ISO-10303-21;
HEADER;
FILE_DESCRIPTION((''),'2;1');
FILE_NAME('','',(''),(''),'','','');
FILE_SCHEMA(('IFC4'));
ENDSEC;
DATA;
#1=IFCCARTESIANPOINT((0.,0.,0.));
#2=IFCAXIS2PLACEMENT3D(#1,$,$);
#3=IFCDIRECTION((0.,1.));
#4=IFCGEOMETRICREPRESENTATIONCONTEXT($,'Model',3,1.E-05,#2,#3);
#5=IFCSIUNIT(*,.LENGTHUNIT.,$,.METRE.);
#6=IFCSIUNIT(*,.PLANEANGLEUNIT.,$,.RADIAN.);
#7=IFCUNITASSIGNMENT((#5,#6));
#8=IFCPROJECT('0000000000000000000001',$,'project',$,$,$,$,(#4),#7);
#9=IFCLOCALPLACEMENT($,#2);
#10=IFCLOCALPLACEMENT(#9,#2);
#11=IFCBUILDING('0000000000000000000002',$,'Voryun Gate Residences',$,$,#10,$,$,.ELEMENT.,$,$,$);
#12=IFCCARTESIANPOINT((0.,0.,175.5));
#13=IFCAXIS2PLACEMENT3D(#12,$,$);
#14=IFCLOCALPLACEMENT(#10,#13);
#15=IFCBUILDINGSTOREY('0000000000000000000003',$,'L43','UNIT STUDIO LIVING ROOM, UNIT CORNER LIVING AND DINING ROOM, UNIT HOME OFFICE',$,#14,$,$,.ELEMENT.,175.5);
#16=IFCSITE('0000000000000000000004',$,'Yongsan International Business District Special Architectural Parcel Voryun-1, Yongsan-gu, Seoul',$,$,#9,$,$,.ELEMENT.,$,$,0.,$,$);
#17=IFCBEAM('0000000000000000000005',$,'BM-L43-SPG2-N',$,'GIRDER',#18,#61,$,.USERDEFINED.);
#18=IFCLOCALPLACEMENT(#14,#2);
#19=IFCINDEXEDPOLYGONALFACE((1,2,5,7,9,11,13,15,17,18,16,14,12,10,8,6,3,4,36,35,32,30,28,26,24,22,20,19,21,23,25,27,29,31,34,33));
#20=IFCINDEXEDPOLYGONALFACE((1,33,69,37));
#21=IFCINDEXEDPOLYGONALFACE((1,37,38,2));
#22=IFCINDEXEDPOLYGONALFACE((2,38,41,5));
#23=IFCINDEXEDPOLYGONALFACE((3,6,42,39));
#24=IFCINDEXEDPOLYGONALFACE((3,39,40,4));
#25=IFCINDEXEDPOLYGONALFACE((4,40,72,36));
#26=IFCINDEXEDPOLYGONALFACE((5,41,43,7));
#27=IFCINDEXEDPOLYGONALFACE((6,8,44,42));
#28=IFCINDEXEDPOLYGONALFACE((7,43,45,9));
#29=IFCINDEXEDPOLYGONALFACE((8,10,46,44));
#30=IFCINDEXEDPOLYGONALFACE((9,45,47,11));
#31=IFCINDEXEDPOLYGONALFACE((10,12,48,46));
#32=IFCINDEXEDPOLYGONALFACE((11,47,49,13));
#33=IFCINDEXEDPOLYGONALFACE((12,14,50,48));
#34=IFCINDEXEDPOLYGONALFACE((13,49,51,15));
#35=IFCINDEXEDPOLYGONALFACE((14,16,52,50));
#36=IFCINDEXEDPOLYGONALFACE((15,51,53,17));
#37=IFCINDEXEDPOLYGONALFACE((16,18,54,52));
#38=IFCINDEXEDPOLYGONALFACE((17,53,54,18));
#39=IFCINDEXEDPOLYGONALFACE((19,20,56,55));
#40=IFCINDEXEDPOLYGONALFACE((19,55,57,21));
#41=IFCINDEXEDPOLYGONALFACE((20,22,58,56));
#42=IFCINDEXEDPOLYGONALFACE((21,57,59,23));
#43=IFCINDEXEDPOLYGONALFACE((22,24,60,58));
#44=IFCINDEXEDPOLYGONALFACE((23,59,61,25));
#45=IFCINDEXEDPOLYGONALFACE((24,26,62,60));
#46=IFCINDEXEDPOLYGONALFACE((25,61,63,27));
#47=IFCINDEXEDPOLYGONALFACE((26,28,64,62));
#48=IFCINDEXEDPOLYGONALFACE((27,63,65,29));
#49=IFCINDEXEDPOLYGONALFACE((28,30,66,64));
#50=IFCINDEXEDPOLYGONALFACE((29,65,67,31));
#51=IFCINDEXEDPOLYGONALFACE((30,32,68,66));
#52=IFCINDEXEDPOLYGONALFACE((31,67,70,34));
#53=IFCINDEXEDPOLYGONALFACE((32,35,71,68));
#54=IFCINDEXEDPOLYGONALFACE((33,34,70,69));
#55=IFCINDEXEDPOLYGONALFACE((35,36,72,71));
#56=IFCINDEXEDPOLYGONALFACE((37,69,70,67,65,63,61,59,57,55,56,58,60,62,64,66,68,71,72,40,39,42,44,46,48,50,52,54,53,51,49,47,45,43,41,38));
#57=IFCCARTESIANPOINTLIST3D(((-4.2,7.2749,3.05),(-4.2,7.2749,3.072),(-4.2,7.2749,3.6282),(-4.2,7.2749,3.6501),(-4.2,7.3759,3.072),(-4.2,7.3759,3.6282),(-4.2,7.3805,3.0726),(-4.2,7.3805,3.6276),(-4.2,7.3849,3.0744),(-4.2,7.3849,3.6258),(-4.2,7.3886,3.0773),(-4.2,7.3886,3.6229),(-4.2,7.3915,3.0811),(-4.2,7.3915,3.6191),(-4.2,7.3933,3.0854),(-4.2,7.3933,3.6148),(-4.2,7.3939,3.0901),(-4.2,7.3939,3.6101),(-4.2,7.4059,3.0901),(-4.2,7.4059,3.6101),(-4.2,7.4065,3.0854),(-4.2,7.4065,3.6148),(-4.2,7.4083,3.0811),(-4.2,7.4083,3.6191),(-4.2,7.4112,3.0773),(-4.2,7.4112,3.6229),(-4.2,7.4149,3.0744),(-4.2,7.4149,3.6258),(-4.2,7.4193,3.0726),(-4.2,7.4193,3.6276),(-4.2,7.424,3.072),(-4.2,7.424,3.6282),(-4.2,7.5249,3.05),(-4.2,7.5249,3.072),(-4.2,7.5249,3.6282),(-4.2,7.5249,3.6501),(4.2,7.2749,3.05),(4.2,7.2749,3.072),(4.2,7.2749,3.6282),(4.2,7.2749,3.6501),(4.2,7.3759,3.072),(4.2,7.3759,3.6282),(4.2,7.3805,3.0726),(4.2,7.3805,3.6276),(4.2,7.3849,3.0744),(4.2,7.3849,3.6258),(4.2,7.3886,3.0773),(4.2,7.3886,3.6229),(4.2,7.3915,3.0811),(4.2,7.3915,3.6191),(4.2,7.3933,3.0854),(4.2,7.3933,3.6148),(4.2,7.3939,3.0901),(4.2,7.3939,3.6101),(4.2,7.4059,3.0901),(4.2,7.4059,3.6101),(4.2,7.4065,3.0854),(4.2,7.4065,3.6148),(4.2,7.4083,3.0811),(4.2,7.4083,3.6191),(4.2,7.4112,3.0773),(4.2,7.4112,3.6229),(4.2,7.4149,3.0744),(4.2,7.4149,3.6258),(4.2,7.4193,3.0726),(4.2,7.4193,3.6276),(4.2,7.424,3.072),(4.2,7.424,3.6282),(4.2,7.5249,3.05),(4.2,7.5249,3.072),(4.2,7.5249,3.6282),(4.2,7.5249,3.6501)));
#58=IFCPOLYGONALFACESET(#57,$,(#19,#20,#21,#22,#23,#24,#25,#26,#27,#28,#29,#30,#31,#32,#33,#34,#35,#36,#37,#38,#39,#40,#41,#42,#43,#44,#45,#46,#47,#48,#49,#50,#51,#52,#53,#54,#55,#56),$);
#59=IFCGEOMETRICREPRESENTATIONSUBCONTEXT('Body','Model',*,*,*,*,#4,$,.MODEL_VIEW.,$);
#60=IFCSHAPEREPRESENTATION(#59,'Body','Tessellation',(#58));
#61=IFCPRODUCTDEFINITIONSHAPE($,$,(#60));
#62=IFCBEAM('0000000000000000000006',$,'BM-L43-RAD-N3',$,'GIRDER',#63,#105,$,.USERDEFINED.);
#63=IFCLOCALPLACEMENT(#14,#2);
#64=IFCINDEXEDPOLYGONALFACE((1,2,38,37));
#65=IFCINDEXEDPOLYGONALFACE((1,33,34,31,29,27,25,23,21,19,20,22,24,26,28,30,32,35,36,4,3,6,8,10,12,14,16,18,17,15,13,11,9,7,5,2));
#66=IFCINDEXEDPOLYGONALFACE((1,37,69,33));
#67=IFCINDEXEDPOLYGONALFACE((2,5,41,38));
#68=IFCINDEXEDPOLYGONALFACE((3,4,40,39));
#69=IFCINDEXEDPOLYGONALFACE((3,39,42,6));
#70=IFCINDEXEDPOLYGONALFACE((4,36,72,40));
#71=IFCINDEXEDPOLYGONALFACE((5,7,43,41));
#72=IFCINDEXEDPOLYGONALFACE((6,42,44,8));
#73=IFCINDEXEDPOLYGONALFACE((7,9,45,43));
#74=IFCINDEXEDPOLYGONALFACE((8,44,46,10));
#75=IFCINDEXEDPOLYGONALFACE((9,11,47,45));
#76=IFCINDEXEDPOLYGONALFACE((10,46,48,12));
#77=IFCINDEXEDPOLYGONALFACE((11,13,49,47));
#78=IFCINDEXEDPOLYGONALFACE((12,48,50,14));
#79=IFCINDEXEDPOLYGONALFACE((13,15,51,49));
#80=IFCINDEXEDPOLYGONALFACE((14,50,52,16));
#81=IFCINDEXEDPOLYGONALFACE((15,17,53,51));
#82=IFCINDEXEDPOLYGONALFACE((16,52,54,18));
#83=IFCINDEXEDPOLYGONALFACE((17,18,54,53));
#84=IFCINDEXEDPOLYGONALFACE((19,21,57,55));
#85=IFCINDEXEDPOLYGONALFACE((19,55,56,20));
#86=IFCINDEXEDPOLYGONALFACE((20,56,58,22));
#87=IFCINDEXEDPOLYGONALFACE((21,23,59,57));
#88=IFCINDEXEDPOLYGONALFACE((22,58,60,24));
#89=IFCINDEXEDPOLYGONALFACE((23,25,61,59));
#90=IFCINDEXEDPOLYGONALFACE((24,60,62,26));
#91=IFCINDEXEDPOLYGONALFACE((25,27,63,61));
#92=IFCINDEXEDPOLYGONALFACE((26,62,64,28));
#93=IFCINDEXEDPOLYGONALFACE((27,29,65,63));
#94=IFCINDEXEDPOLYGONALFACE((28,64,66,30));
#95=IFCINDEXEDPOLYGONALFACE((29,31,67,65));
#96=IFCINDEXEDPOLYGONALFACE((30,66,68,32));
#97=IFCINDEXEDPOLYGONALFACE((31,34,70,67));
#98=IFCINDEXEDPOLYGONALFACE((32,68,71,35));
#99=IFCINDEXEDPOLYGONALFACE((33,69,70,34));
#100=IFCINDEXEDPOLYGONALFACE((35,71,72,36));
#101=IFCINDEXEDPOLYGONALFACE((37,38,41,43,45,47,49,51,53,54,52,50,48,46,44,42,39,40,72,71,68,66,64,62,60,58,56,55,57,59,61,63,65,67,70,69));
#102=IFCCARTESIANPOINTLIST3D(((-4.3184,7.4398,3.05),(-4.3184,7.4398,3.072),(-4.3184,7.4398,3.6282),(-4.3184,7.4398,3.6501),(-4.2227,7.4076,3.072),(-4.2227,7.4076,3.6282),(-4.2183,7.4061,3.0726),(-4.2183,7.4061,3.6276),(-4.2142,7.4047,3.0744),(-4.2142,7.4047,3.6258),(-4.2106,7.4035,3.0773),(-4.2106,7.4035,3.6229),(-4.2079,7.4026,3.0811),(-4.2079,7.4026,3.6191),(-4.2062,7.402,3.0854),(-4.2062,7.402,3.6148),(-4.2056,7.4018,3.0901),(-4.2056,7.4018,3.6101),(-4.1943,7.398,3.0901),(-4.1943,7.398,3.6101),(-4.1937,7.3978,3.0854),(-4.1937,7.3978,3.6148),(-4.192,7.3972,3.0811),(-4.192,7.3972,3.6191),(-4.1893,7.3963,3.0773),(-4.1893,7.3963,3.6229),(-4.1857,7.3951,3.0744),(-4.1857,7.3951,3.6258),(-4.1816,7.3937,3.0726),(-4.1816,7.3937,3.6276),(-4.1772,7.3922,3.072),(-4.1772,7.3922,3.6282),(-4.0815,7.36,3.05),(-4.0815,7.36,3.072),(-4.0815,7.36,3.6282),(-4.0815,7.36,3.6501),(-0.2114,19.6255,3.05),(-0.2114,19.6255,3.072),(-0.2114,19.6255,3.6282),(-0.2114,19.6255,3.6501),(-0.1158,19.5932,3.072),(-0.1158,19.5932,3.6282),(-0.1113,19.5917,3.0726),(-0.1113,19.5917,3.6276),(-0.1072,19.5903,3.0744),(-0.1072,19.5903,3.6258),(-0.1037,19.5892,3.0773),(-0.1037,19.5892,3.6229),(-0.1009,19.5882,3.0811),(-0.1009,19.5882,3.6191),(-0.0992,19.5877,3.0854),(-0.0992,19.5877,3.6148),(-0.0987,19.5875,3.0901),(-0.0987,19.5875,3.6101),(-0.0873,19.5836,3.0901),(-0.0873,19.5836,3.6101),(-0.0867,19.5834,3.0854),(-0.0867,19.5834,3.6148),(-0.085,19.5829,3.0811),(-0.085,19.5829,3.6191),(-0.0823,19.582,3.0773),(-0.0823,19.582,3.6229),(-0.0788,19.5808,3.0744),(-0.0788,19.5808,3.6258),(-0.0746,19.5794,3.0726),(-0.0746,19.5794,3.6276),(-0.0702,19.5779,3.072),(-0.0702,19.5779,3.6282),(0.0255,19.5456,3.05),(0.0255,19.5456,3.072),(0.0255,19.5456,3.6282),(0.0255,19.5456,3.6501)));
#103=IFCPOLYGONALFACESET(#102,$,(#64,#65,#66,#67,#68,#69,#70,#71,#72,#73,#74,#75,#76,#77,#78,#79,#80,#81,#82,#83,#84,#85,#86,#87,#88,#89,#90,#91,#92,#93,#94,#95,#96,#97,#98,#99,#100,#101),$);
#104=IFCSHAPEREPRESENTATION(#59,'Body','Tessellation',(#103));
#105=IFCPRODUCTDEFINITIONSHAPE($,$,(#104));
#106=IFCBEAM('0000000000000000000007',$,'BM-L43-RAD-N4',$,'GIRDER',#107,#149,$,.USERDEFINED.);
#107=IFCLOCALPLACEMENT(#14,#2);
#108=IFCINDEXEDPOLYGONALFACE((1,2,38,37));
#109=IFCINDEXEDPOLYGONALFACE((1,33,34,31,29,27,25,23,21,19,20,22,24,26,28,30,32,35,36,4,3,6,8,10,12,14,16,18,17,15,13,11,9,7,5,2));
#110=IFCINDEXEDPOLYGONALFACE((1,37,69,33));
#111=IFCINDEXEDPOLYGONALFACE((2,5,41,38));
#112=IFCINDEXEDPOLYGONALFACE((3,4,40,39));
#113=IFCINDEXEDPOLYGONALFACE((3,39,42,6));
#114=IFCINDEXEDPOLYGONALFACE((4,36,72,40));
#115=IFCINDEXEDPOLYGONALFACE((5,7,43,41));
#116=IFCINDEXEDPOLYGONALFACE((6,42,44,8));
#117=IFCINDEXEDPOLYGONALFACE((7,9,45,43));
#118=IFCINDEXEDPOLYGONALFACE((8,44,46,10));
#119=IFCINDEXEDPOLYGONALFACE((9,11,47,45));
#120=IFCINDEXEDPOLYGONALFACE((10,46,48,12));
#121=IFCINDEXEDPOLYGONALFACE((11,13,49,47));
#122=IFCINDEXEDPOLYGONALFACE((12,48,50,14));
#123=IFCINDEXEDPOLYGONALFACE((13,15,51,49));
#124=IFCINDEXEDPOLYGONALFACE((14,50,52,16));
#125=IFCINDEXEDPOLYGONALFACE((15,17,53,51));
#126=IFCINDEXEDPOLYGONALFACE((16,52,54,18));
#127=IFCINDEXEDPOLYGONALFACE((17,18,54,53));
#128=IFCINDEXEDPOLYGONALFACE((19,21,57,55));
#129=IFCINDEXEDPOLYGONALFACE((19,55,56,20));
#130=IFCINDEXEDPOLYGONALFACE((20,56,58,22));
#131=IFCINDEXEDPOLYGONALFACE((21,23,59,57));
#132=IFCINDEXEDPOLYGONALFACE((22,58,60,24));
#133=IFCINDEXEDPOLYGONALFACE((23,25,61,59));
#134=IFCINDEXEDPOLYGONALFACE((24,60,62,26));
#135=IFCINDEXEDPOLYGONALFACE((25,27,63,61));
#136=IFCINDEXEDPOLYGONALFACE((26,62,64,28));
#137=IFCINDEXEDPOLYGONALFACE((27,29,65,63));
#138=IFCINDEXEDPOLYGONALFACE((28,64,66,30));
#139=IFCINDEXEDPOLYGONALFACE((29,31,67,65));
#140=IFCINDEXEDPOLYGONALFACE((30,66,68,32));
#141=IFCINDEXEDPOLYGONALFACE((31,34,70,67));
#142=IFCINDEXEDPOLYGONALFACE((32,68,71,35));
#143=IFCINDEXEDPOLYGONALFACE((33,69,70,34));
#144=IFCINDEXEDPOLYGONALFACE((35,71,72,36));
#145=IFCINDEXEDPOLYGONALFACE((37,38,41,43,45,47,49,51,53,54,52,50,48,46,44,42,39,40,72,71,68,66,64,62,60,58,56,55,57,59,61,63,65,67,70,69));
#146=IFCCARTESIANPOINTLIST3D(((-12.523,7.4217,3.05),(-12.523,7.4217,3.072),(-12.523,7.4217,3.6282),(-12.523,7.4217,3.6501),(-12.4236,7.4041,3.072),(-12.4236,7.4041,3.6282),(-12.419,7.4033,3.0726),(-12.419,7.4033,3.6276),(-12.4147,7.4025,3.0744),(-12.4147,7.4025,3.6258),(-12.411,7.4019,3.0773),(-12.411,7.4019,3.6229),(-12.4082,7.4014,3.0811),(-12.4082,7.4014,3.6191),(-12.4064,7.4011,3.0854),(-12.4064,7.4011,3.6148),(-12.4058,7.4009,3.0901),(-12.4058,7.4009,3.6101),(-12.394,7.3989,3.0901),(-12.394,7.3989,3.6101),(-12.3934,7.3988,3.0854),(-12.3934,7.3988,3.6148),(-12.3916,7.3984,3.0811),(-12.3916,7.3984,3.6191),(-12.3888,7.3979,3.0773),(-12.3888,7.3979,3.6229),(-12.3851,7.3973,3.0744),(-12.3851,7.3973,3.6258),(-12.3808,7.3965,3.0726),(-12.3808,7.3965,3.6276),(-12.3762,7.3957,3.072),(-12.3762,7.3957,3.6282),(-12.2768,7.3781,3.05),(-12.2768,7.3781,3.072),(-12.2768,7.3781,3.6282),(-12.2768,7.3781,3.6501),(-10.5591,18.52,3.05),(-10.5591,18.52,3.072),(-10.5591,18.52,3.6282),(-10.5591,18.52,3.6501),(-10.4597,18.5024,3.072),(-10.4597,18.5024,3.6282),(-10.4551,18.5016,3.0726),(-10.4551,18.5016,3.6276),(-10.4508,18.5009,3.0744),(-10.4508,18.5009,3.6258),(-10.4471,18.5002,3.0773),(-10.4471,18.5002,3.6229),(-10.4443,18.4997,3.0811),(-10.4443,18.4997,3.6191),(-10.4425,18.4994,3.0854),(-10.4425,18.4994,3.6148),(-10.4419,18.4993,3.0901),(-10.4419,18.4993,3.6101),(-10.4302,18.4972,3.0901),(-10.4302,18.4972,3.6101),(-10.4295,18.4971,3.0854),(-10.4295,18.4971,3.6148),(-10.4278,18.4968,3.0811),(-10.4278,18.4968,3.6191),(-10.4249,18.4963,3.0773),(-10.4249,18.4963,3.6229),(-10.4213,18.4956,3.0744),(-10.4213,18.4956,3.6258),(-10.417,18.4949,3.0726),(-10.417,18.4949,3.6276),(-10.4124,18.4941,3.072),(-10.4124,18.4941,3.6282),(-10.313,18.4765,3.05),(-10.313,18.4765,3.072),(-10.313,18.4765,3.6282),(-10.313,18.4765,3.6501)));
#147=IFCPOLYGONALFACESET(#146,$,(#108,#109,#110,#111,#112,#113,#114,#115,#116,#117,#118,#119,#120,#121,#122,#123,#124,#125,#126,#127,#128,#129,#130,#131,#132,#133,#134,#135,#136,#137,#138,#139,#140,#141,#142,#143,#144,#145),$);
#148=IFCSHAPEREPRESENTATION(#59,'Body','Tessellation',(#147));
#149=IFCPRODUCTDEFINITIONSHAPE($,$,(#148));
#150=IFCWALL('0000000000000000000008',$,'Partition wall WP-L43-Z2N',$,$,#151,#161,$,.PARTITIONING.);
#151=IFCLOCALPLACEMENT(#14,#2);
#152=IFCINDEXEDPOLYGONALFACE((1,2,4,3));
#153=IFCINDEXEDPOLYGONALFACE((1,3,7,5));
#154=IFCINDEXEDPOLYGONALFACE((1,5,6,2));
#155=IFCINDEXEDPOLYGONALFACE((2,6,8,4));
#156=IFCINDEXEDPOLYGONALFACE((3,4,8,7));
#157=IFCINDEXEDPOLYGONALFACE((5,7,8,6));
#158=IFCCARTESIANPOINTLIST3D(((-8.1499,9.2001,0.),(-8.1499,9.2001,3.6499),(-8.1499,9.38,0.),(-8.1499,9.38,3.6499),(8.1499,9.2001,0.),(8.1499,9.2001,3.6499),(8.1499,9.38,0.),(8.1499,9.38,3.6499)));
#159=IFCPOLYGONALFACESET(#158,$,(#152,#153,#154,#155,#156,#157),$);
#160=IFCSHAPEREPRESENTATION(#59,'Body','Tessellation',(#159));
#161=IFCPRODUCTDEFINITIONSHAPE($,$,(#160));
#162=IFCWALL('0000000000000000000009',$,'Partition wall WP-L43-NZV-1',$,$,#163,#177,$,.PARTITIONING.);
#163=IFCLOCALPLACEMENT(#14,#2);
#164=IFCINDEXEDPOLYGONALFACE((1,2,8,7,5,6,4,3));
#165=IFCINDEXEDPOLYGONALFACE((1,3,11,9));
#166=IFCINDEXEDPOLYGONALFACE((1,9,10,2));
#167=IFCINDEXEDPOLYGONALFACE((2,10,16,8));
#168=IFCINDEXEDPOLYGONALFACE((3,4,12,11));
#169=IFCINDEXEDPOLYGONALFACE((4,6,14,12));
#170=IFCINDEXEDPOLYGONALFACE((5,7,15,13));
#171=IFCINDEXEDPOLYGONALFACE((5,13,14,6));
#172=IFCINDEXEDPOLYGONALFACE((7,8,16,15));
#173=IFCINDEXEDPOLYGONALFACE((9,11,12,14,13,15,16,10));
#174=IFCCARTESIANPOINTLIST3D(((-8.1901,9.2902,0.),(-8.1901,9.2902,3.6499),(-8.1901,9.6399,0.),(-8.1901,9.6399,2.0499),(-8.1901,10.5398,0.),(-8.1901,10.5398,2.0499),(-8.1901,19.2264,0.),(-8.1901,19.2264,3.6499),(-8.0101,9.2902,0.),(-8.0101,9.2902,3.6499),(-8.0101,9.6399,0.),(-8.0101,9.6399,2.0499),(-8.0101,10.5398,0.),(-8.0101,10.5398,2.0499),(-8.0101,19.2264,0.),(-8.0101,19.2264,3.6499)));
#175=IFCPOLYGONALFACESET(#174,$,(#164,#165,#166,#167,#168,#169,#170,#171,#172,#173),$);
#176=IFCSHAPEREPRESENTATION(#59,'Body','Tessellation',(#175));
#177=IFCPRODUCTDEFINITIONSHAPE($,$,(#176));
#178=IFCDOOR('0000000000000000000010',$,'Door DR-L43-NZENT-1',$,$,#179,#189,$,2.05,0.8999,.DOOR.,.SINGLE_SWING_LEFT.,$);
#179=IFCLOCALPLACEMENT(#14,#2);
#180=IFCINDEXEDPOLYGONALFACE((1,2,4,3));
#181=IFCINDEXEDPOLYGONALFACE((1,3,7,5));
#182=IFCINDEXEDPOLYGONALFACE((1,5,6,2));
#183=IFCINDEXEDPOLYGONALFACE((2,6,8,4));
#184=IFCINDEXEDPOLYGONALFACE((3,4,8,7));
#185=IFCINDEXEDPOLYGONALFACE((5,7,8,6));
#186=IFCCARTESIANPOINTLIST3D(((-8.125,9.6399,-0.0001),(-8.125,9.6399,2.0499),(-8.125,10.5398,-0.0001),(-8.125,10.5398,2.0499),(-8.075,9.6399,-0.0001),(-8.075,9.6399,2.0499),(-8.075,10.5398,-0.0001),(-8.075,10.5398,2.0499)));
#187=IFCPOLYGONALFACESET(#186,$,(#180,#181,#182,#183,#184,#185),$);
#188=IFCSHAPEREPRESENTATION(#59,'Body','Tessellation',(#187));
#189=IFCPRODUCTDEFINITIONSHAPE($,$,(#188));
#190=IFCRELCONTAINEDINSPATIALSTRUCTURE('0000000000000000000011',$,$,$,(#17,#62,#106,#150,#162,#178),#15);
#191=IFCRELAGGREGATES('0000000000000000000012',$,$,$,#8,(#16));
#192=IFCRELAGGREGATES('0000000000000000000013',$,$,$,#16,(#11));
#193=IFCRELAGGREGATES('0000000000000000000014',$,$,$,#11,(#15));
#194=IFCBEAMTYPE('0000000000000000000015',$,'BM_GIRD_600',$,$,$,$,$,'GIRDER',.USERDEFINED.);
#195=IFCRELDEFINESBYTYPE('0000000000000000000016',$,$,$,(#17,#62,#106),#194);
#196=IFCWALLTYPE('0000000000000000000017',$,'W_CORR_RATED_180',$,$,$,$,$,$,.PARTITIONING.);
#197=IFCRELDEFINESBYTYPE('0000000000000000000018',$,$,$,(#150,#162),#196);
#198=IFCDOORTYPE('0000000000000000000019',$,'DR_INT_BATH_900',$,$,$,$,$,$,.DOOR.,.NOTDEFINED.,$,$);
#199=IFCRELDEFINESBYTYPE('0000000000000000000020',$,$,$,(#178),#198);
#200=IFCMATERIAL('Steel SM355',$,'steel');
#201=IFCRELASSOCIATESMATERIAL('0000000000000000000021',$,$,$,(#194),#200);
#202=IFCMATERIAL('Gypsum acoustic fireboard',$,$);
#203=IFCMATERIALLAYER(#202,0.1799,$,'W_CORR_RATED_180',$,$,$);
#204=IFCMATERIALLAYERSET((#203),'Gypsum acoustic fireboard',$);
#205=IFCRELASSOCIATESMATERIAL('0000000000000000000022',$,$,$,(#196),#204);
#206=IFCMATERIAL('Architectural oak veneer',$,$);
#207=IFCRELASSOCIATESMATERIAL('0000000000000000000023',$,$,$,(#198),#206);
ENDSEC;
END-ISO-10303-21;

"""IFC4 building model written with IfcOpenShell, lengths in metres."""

from ifc_helpers import new_model, si_unit, direction, frame, frame_2d, origin, origin_2d, place, context, subcontext, project, spatial, rectangle, i_section, extrude, material, layer, layer_set, material_profile, profile_set, type_object, element, fill, save


model = new_model("IFC4")

# Units and contexts
model_context = context("Model", 3, precision=1e-05, world=origin(), true_north=direction((0.0, 1.0)))
body_context = subcontext(model_context, "Body", "Model", "MODEL_VIEW")
ifc_project = project(units=[si_unit("LENGTHUNIT", "METRE"), si_unit("PLANEANGLEUNIT", "RADIAN")], contexts=[model_context])

# Site, building, storey
site_placement = place(None, origin())
site = spatial("IfcSite", under=ifc_project, at=site_placement, Name="Yongsan International Business District Special Architectural Parcel Voryun-1, Yongsan-gu, Seoul", CompositionType="ELEMENT", RefElevation=0.0)
building_placement = place(site_placement, origin())
building = spatial("IfcBuilding", under=site, at=building_placement, Name="Voryun Gate Residences", CompositionType="ELEMENT")
storey_placement = place(building_placement, frame((0.0, 0.0, 175.5)))
storey = spatial("IfcBuildingStorey", under=building, at=storey_placement, Name="L43", Description="UNIT STUDIO LIVING ROOM, UNIT CORNER LIVING AND DINING ROOM, UNIT HOME OFFICE", CompositionType="ELEMENT", Elevation=175.5)

# Beams
ifc_material_1 = material(Name="Steel SM355", Category="steel")
ifc_material_profile_1 = material_profile(ifc_material_1, i_section(OverallWidth=0.25, OverallDepth=0.6001, WebThickness=0.012, FlangeThickness=0.022, FilletRadius=0.0181, at=origin_2d()), Name="H-600x250x12x22")
ifc_profile_set_1 = profile_set([ifc_material_profile_1], Name="Steel SM355")
beam_type_1 = type_object("IfcBeamType", Name="BM_GIRD_600", ElementType="GIRDER", PredefinedType="USERDEFINED", material=ifc_profile_set_1)
beam_1_placement = place(storey_placement, frame((-4.2, 7.3999, 3.3501), z_axis=(1.0, 0.0, 0.0), x_axis=(0.0, 1.0, 0.0)))
element("IfcBeam", 1, at=beam_1_placement, inside=storey, type_object=beam_type_1, Name="BM-L43-SPG2-N", ObjectType="GIRDER", PredefinedType="USERDEFINED", context=body_context, shape_type="SweptSolid", body=[
    extrude(i_section(OverallWidth=0.25, OverallDepth=0.6001, WebThickness=0.012, FlangeThickness=0.022, FilletRadius=0.0181, at=origin_2d()), origin(), (0.0, 0.0, 1.0), 8.3999),
])
beam_2_placement = place(storey_placement, frame((-4.2, 7.3999, 3.3501), z_axis=(0.319381, 0.947626, 0.0), x_axis=(-0.947626, 0.319381, 0.0)))
element("IfcBeam", 2, at=beam_2_placement, inside=storey, type_object=beam_type_1, Name="BM-L43-RAD-N3", ObjectType="GIRDER", PredefinedType="USERDEFINED", context=body_context, shape_type="SweptSolid", body=[
    extrude(i_section(OverallWidth=0.25, OverallDepth=0.6001, WebThickness=0.012, FlangeThickness=0.022, FilletRadius=0.0181, at=origin_2d()), origin(), (0.0, 0.0, 1.0), 12.8591),
])
beam_3_placement = place(storey_placement, frame((-12.3999, 7.3999, 3.3501), z_axis=(0.174244, 0.984703, 0.0), x_axis=(-0.984703, 0.174244, 0.0)))
element("IfcBeam", 3, at=beam_3_placement, inside=storey, type_object=beam_type_1, Name="BM-L43-RAD-N4", ObjectType="GIRDER", PredefinedType="USERDEFINED", context=body_context, shape_type="SweptSolid", body=[
    extrude(i_section(OverallWidth=0.25, OverallDepth=0.6001, WebThickness=0.012, FlangeThickness=0.022, FilletRadius=0.0181, at=origin_2d()), origin(), (0.0, 0.0, 1.0), 11.2708),
])

# Wall
ifc_material_2 = material(Name="Gypsum acoustic fireboard")
ifc_layer_1 = layer(ifc_material_2, 0.1799, Name="W_CORR_RATED_180")
ifc_layer_set_1 = layer_set([ifc_layer_1], Name="Gypsum acoustic fireboard")
wall_type_1 = type_object("IfcWallType", Name="W_CORR_RATED_180", PredefinedType="PARTITIONING", material=ifc_layer_set_1)
wall_1_placement = place(storey_placement, frame((-8.1499, 9.29, 0.0), z_axis=(0.0, 0.0, 1.0), x_axis=(1.0, 0.0, 0.0)))
element("IfcWall", 4, at=wall_1_placement, inside=storey, type_object=wall_type_1, Name="Partition wall WP-L43-Z2N", PredefinedType="PARTITIONING", context=body_context, shape_type="SweptSolid", body=[
    extrude(rectangle(XDim=16.2998, YDim=0.1799, at=frame_2d((8.1499, 0.0))), origin(), (0.0, 0.0, 1.0), 3.6499),
])

# Wall, opening, door
wall_2_placement = place(storey_placement, frame((-8.1001, 9.29, 0.0), z_axis=(0.0, 0.0, 1.0), x_axis=(0.0, 1.0, 0.0)))
wall_2 = element("IfcWall", 5, at=wall_2_placement, inside=storey, type_object=wall_type_1, Name="Partition wall WP-L43-NZV-1", PredefinedType="PARTITIONING", context=body_context, shape_type="SweptSolid", body=[
    extrude(rectangle(XDim=9.9363, YDim=0.1799, at=frame_2d((4.9683, 0.0))), origin(), (0.0, 0.0, 1.0), 3.6499),
])
opening_1_placement = place(wall_2_placement, frame((0.3499, 0.0, 0.0)))
opening_1 = element("IfcOpeningElement", 6, at=opening_1_placement, cuts=wall_2, PredefinedType="OPENING", context=body_context, shape_type="SweptSolid", body=[
    extrude(rectangle(XDim=0.8999, YDim=2.05, at=frame_2d((0.45, 1.0249))), frame((0.0, 0.0999, 0.0), z_axis=(0.0, -1.0, 0.0), x_axis=(1.0, 0.0, 0.0)), (0.0, 0.0, 1.0), 0.2),
])
ifc_material_3 = material(Name="Architectural oak veneer")
door_type = type_object("IfcDoorType", Name="DR_INT_BATH_900", OperationType="NOTDEFINED", PredefinedType="DOOR", material=ifc_material_3)
door_1_placement = place(opening_1_placement, origin())
door_1 = element("IfcDoor", 7, at=door_1_placement, inside=storey, type_object=door_type, Name="Door DR-L43-NZENT-1", OperationType="SINGLE_SWING_LEFT", OverallHeight=2.05, OverallWidth=0.8999, PredefinedType="DOOR", context=body_context, shape_type="SweptSolid", body=[
    extrude(rectangle(XDim=0.8999, YDim=2.05, at=frame_2d((0.45, 1.0249))), frame((0.0, 0.0249, 0.0), z_axis=(0.0, -1.0, 0.0), x_axis=(1.0, 0.0, 0.0)), (0.0, 0.0, 1.0), 0.05),
])
fill(opening_1, door_1)

save(model, "model.ifc")
